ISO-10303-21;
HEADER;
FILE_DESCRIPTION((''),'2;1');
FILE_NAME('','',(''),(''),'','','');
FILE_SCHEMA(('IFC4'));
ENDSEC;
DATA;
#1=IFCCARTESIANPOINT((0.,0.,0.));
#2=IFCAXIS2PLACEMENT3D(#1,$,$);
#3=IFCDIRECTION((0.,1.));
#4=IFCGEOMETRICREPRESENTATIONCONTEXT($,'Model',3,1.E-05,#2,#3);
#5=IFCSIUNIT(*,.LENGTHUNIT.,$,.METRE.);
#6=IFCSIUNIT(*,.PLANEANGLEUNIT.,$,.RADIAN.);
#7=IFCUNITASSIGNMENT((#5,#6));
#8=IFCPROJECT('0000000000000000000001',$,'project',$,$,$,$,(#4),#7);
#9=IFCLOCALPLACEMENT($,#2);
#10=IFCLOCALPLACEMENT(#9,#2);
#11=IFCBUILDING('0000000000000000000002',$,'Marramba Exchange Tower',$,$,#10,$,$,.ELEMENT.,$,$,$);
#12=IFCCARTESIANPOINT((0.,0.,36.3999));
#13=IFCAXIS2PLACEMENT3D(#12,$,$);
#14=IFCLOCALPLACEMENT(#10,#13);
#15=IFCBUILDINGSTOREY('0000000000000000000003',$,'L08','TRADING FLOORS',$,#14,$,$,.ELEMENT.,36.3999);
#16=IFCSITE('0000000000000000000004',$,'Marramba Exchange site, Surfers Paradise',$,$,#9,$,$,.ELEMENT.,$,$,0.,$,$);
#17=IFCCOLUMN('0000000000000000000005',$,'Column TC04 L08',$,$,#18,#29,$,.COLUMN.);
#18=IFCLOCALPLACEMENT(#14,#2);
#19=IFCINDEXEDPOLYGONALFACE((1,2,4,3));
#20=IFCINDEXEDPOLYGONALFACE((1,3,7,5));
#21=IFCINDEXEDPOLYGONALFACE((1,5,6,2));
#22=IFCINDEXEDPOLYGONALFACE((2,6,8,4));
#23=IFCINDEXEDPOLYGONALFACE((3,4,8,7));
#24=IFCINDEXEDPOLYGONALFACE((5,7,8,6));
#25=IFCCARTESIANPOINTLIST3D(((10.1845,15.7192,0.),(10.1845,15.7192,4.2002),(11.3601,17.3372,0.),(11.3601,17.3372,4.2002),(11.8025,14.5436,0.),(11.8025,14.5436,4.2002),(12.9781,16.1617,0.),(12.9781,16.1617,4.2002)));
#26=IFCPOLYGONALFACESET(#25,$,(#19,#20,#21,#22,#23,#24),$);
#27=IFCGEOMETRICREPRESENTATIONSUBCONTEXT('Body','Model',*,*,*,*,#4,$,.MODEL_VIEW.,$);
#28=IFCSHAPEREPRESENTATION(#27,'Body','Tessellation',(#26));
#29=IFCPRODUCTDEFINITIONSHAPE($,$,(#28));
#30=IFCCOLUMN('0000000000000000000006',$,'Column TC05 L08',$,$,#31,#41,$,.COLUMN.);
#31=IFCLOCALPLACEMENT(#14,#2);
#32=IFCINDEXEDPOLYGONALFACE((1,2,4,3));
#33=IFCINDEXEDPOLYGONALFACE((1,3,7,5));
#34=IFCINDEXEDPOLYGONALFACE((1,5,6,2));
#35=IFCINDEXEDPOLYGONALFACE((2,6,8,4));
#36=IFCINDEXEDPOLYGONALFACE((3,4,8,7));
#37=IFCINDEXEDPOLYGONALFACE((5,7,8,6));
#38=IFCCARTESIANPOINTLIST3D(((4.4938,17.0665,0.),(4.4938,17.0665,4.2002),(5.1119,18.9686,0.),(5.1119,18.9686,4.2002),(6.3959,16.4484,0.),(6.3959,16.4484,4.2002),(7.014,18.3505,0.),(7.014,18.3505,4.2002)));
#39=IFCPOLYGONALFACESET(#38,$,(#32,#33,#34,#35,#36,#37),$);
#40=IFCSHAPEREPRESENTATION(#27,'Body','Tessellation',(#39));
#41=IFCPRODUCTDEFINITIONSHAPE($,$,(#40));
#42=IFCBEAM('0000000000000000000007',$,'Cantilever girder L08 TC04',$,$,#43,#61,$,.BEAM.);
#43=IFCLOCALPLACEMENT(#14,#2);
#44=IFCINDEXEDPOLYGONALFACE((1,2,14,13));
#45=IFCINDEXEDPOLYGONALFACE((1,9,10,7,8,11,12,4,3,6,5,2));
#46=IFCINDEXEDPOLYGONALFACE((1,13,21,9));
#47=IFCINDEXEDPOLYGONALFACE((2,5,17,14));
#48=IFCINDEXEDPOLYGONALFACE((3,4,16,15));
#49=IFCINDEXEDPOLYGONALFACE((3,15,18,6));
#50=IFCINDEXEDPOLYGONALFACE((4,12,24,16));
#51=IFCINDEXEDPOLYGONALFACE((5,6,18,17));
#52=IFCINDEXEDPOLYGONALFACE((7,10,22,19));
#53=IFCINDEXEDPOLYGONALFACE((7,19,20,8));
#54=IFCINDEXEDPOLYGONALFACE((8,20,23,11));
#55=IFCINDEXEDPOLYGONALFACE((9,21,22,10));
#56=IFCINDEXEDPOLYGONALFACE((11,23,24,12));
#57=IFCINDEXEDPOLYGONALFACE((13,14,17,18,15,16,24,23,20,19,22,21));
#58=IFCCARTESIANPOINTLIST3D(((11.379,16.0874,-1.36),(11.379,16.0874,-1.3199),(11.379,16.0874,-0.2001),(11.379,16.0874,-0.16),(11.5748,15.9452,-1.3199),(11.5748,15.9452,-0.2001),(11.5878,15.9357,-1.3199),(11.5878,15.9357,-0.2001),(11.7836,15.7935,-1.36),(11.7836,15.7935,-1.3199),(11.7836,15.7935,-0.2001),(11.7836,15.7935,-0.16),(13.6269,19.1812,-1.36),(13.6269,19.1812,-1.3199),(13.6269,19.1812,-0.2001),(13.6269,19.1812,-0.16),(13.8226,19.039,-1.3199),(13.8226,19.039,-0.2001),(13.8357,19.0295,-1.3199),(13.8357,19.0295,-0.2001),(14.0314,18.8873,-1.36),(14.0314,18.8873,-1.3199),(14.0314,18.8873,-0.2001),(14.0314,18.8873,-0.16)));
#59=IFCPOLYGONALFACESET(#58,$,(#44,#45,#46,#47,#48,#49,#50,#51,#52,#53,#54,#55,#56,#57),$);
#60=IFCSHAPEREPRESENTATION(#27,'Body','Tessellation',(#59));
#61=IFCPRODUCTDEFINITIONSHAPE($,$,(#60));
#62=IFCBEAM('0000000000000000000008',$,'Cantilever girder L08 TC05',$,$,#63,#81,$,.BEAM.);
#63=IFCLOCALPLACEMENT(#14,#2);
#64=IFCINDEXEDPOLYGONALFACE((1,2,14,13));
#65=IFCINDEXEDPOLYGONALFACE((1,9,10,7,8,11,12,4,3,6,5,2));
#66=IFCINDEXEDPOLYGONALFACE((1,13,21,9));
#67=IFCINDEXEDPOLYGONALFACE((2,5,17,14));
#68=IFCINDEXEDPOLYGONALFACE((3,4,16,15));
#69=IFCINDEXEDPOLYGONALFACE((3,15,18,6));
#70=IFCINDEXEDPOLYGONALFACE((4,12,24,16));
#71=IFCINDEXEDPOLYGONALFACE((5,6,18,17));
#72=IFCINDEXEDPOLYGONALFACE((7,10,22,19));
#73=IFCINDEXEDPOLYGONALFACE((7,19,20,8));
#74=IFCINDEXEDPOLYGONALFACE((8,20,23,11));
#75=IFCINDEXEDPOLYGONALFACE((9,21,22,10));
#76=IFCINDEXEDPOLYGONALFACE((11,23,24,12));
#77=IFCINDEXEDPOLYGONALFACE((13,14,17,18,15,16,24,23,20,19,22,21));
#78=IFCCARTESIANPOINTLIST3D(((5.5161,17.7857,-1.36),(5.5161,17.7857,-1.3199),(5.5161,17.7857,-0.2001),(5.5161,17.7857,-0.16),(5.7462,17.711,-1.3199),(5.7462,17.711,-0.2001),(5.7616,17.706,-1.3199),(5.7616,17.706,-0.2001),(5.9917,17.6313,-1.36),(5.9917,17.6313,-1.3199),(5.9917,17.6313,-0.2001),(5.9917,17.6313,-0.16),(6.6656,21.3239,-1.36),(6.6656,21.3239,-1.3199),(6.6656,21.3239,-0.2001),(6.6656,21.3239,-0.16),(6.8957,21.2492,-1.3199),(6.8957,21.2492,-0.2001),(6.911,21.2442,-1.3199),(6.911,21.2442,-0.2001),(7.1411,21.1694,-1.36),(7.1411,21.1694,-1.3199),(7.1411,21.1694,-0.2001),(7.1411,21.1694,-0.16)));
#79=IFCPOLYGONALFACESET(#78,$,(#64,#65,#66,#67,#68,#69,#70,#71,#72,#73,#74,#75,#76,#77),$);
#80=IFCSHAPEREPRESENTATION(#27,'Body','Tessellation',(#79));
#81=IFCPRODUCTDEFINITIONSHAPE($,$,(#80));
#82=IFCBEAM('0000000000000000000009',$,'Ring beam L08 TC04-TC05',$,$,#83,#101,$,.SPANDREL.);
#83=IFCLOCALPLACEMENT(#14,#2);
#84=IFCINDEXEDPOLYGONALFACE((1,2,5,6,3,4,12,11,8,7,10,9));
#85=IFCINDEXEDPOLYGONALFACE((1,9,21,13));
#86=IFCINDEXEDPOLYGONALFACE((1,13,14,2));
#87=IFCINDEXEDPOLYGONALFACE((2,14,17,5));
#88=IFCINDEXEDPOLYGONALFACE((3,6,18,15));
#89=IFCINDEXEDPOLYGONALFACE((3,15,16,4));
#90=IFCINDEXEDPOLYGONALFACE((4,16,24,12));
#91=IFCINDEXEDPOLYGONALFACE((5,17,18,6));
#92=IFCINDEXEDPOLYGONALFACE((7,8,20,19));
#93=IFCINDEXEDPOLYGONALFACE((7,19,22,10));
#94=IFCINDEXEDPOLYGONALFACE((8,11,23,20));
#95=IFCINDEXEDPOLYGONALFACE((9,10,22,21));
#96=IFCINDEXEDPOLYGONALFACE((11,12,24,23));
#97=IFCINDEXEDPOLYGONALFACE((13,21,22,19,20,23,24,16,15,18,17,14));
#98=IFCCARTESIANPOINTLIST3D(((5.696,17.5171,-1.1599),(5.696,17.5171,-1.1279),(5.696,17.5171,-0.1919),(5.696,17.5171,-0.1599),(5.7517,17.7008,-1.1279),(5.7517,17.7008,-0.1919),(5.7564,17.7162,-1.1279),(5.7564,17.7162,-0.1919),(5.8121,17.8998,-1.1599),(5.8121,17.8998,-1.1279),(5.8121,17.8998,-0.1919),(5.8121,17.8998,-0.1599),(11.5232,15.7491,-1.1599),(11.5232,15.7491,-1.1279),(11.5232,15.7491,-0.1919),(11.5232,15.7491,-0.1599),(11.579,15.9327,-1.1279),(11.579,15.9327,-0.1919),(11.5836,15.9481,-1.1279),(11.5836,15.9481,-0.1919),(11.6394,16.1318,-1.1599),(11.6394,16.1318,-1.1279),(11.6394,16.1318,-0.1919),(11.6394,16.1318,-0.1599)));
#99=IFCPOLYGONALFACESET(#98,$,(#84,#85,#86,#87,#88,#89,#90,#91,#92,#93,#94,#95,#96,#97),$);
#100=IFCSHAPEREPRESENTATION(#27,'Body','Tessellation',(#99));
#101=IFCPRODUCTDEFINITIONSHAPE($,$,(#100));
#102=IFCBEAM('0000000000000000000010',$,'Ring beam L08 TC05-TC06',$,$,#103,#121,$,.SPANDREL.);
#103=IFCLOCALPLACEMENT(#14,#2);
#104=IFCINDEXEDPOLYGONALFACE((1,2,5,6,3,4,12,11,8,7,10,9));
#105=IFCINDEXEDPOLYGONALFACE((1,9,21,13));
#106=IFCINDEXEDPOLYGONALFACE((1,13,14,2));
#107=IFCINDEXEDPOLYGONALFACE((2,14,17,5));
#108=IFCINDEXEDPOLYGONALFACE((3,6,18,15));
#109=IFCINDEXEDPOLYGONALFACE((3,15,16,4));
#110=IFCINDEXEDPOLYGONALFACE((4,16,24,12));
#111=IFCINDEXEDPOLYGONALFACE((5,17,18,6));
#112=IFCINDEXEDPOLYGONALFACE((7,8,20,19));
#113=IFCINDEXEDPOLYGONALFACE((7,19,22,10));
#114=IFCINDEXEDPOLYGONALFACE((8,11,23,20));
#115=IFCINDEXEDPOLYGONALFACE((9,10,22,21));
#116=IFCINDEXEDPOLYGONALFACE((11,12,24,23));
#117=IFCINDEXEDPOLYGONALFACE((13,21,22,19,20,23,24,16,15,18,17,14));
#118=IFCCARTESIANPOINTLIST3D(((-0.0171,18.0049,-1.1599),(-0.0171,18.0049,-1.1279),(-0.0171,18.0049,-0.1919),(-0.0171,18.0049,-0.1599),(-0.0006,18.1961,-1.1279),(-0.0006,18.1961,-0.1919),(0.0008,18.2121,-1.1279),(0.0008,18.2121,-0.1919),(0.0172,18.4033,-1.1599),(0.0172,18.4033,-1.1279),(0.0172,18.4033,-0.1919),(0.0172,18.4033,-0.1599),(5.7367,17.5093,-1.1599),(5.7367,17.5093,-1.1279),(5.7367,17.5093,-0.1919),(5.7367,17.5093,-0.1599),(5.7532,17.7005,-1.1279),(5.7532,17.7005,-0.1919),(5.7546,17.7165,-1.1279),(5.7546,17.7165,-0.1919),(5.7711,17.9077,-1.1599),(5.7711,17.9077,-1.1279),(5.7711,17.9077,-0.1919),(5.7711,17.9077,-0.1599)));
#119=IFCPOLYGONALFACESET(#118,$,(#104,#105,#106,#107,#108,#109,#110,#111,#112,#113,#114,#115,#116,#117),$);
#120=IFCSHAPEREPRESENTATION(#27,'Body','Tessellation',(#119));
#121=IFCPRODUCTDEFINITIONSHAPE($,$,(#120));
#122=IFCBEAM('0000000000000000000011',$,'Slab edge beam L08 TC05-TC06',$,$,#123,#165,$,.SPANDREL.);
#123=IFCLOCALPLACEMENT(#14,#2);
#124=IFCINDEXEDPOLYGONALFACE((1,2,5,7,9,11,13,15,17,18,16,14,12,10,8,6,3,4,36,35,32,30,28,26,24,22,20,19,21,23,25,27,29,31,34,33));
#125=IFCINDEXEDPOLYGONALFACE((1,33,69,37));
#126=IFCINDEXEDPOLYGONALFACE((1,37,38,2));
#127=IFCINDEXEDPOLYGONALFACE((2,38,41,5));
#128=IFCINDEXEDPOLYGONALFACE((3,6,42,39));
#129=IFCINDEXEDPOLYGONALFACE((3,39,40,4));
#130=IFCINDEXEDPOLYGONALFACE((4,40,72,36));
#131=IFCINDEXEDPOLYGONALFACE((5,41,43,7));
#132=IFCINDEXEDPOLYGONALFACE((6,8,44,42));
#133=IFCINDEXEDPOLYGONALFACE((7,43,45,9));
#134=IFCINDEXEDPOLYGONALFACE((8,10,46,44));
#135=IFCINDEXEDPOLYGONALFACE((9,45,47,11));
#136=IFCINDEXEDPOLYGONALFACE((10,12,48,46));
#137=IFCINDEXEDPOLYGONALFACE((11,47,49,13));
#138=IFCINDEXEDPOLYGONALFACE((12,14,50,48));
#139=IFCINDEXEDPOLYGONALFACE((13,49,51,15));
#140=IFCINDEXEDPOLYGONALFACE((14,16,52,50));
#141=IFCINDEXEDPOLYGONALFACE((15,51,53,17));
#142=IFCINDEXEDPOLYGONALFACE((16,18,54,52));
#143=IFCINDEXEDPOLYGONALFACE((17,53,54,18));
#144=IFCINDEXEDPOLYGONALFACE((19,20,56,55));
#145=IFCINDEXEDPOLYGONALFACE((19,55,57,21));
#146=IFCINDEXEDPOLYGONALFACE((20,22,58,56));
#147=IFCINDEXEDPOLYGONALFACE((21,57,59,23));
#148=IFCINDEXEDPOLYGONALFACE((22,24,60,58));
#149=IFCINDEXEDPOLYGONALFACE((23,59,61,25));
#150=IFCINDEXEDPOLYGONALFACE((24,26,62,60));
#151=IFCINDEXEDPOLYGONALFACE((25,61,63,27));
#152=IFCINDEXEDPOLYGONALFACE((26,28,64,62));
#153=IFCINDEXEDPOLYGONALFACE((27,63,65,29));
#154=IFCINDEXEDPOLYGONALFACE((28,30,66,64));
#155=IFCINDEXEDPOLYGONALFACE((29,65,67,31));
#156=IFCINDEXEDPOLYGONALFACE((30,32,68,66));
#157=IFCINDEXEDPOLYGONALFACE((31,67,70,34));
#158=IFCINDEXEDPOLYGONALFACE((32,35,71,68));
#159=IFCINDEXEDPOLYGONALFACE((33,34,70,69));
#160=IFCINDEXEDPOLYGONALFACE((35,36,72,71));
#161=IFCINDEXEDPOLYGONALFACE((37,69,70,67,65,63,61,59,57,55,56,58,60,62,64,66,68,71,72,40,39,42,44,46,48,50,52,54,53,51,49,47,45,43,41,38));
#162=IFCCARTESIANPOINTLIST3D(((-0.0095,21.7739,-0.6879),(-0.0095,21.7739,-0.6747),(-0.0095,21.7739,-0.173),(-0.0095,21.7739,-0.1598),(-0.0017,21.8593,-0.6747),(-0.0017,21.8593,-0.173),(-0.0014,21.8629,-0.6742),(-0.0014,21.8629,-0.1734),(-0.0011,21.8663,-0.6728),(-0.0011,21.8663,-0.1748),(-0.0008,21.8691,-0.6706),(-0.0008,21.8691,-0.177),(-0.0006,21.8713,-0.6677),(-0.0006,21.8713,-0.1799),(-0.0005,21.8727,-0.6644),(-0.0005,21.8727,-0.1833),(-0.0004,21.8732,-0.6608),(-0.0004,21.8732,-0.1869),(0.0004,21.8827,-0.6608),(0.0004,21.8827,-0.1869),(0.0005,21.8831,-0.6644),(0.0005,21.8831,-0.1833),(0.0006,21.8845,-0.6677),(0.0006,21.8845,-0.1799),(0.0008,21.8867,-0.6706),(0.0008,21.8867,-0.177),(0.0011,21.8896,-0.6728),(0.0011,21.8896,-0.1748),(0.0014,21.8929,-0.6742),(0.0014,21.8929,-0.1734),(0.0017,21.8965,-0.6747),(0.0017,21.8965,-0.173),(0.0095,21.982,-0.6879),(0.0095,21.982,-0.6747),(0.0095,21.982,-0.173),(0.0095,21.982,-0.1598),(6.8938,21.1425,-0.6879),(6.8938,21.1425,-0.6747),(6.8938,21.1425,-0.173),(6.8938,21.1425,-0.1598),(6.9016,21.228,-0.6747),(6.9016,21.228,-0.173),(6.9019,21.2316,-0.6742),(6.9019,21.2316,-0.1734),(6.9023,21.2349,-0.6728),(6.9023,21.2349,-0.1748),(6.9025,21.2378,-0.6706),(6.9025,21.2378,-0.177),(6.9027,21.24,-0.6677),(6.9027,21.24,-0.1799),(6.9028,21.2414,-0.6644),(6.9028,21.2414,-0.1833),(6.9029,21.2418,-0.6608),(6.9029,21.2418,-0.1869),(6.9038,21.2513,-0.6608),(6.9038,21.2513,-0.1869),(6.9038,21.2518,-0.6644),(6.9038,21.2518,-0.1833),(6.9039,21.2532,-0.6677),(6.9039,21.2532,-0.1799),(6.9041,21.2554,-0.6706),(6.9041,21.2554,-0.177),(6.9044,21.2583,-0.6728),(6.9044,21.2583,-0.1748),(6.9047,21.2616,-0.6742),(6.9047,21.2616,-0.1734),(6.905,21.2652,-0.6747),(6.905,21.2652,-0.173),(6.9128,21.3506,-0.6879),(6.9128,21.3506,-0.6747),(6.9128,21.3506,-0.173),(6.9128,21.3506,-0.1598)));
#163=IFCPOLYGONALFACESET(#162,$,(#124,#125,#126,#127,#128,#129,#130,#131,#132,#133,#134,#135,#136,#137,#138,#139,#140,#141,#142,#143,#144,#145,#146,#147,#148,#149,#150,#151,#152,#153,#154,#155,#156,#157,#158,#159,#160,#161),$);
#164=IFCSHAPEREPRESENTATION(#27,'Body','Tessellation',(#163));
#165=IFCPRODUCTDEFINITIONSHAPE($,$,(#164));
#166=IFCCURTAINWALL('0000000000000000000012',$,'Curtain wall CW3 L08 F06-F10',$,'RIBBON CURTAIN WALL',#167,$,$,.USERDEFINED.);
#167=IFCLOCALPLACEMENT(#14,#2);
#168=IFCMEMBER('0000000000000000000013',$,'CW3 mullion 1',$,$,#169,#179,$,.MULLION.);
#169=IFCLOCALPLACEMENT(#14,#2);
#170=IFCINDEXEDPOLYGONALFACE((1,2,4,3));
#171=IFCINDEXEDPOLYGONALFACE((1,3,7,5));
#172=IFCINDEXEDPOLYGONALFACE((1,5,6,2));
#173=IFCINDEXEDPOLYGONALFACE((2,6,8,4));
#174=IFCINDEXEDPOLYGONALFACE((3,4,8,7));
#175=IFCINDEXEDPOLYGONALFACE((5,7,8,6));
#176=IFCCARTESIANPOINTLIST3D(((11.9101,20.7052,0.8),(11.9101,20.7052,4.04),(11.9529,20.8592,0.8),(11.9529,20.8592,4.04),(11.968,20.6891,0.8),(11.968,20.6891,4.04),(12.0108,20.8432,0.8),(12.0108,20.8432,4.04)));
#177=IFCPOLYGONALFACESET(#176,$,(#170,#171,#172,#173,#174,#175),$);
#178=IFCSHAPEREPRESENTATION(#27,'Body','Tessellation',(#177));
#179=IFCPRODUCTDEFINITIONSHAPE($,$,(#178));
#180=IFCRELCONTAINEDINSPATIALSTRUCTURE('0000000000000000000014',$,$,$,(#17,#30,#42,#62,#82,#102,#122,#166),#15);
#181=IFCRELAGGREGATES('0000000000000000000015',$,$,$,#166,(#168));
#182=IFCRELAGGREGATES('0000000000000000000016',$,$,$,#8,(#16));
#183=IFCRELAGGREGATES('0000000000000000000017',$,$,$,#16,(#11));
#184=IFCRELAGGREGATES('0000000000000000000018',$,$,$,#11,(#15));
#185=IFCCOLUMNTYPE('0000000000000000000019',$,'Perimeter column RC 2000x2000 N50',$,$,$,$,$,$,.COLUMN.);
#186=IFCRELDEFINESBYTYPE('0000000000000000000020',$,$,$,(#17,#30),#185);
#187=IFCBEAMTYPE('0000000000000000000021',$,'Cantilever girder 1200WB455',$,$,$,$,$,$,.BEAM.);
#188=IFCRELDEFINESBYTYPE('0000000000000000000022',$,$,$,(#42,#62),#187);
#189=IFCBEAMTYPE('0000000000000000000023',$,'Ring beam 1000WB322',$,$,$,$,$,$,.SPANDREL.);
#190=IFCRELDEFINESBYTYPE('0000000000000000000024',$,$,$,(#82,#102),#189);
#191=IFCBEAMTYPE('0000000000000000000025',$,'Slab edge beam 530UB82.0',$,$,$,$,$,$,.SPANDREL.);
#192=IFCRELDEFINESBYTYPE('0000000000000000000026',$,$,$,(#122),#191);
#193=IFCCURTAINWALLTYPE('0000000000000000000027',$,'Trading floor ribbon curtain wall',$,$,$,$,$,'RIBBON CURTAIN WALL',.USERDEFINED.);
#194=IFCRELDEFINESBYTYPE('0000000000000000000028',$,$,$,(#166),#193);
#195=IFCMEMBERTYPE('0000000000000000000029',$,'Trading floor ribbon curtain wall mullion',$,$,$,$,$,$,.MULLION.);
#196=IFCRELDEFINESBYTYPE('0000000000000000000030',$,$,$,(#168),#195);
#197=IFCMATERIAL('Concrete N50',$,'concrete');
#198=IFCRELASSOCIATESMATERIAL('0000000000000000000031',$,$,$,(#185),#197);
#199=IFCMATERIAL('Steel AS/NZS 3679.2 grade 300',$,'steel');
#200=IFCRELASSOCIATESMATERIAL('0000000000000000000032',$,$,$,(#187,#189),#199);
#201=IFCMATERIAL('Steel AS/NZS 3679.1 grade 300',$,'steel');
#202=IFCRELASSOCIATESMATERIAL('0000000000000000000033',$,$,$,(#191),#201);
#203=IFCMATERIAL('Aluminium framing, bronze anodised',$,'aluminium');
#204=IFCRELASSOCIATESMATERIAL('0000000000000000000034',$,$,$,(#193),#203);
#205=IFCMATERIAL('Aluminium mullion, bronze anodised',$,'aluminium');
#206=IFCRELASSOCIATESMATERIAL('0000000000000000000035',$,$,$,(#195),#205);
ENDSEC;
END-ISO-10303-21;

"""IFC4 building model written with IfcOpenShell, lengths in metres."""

from ifc_helpers import new_model, si_unit, direction, frame, origin, origin_2d, place, context, subcontext, project, spatial, rectangle, i_section, extrude, material, material_profile, profile_set, type_object, element, aggregate, save


model = new_model("IFC4")

# Units and contexts
model_context = context("Model", 3, precision=1e-05, world=origin(), true_north=direction((0.0, 1.0)))
body_context = subcontext(model_context, "Body", "Model", "MODEL_VIEW")
ifc_project = project(units=[si_unit("LENGTHUNIT", "METRE"), si_unit("PLANEANGLEUNIT", "RADIAN")], contexts=[model_context])

# Site, building, storey
site_placement = place(None, origin())
site = spatial("IfcSite", under=ifc_project, at=site_placement, Name="Marramba Exchange site, Surfers Paradise", CompositionType="ELEMENT", RefElevation=0.0)
building_placement = place(site_placement, origin())
building = spatial("IfcBuilding", under=site, at=building_placement, Name="Marramba Exchange Tower", CompositionType="ELEMENT")
storey_placement = place(building_placement, frame((0.0, 0.0, 36.3999)))
storey = spatial("IfcBuildingStorey", under=building, at=storey_placement, Name="L08", Description="TRADING FLOORS", CompositionType="ELEMENT", Elevation=36.3999)

# Columns
ifc_material_1 = material(Name="Concrete N50", Category="concrete")
ifc_material_profile_1 = material_profile(ifc_material_1, rectangle(XDim=2.0, YDim=2.0, at=origin_2d()), Name="RC 2000x2000")
ifc_profile_set_1 = profile_set([ifc_material_profile_1], Name="Concrete N50")
column_type = type_object("IfcColumnType", Name="Perimeter column RC 2000x2000 N50", PredefinedType="COLUMN", material=ifc_profile_set_1)
for number, where, z_axis, x_axis, name in (
    (1, (11.5813, 15.9404, 0.0), (0.0, 0.0, 1.0), (0.587785, 0.809017, 0.0), "Column TC04 L08"),
    (2, (5.7539, 17.7085, 0.0), (0.0, 0.0, 1.0), (0.309017, 0.951057, 0.0), "Column TC05 L08"),
):
    element("IfcColumn", number, at=place(storey_placement, frame(where, z_axis=z_axis, x_axis=x_axis)), inside=storey, type_object=column_type, Name=name, PredefinedType="COLUMN", context=body_context, shape_type="SweptSolid", body=[
        extrude(rectangle(XDim=2.0, YDim=2.0, at=origin_2d()), origin(), (0.0, 0.0, 1.0), 4.2002),
    ])

# Beams
ifc_material_2 = material(Name="Steel AS/NZS 3679.2 grade 300", Category="steel")
ifc_material_profile_2 = material_profile(ifc_material_2, i_section(OverallWidth=0.5, OverallDepth=1.2, WebThickness=0.0161, FlangeThickness=0.04, at=origin_2d()), Name="1200WB455")
ifc_profile_set_2 = profile_set([ifc_material_profile_2], Name="Steel AS/NZS 3679.2 grade 300")
beam_type_1 = type_object("IfcBeamType", Name="Cantilever girder 1200WB455", PredefinedType="BEAM", material=ifc_profile_set_2)
beam_1_placement = place(storey_placement, frame((11.5813, 15.9404, -0.76), z_axis=(0.587796, 0.809009, 0.0), x_axis=(-0.809009, 0.587796, 0.0)))
element("IfcBeam", 3, at=beam_1_placement, inside=storey, type_object=beam_type_1, Name="Cantilever girder L08 TC04", PredefinedType="BEAM", context=body_context, shape_type="SweptSolid", body=[
    extrude(i_section(OverallWidth=0.5, OverallDepth=1.2, WebThickness=0.0161, FlangeThickness=0.04, at=origin_2d()), origin(), (0.0, 0.0, 1.0), 3.8242),
])
beam_2_placement = place(storey_placement, frame((5.7539, 17.7085, -0.76), z_axis=(0.308973, 0.951071, 0.0), x_axis=(-0.951071, 0.308973, 0.0)))
element("IfcBeam", 4, at=beam_2_placement, inside=storey, type_object=beam_type_1, Name="Cantilever girder L08 TC05", PredefinedType="BEAM", context=body_context, shape_type="SweptSolid", body=[
    extrude(i_section(OverallWidth=0.5, OverallDepth=1.2, WebThickness=0.0161, FlangeThickness=0.04, at=origin_2d()), origin(), (0.0, 0.0, 1.0), 3.7202),
])
ifc_material_profile_3 = material_profile(ifc_material_2, i_section(OverallWidth=0.3999, OverallDepth=1.0, WebThickness=0.0161, FlangeThickness=0.032, at=origin_2d()), Name="1000WB322")
ifc_profile_set_3 = profile_set([ifc_material_profile_3], Name="Steel AS/NZS 3679.2 grade 300")
beam_type_2 = type_object("IfcBeamType", Name="Ring beam 1000WB322", PredefinedType="SPANDREL", material=ifc_profile_set_3)
beam_3_placement = place(storey_placement, frame((11.5813, 15.9404, -0.6599), z_axis=(-0.956925, 0.290337, 0.0), x_axis=(-0.290337, -0.956925, 0.0)))
element("IfcBeam", 5, at=beam_3_placement, inside=storey, type_object=beam_type_2, Name="Ring beam L08 TC04-TC05", PredefinedType="SPANDREL", context=body_context, shape_type="SweptSolid", body=[
    extrude(i_section(OverallWidth=0.3999, OverallDepth=1.0, WebThickness=0.0161, FlangeThickness=0.032, at=origin_2d()), origin(), (0.0, 0.0, 1.0), 6.0896),
])
beam_4_placement = place(storey_placement, frame((5.7539, 17.7085, -0.6599), z_axis=(-0.996311, 0.085816, 0.0), x_axis=(-0.085816, -0.996311, 0.0)))
element("IfcBeam", 6, at=beam_4_placement, inside=storey, type_object=beam_type_2, Name="Ring beam L08 TC05-TC06", PredefinedType="SPANDREL", context=body_context, shape_type="SweptSolid", body=[
    extrude(i_section(OverallWidth=0.3999, OverallDepth=1.0, WebThickness=0.0161, FlangeThickness=0.032, at=origin_2d()), origin(), (0.0, 0.0, 1.0), 5.7751),
])
ifc_material_3 = material(Name="Steel AS/NZS 3679.1 grade 300", Category="steel")
ifc_material_profile_4 = material_profile(ifc_material_3, i_section(OverallWidth=0.209, OverallDepth=0.5281, WebThickness=0.0095, FlangeThickness=0.0132, FilletRadius=0.0139, at=origin_2d()), Name="530UB82.0")
ifc_profile_set_4 = profile_set([ifc_material_profile_4], Name="Steel AS/NZS 3679.1 grade 300")
beam_type_3 = type_object("IfcBeamType", Name="Slab edge beam 530UB82.0", PredefinedType="SPANDREL", material=ifc_profile_set_4)
beam_5_placement = place(storey_placement, frame((6.9033, 21.2466, -0.4238), z_axis=(-0.995844, 0.091076, 0.0), x_axis=(-0.091076, -0.995844, 0.0)))
element("IfcBeam", 7, at=beam_5_placement, inside=storey, type_object=beam_type_3, Name="Slab edge beam L08 TC05-TC06", PredefinedType="SPANDREL", context=body_context, shape_type="SweptSolid", body=[
    extrude(i_section(OverallWidth=0.209, OverallDepth=0.5281, WebThickness=0.0095, FlangeThickness=0.0132, FilletRadius=0.0139, at=origin_2d()), origin(), (0.0, 0.0, 1.0), 6.9321),
])

# Curtain wall, member
ifc_material_4 = material(Name="Aluminium framing, bronze anodised", Category="aluminium")
curtain_wall_type = type_object("IfcCurtainWallType", Name="Trading floor ribbon curtain wall", ElementType="RIBBON CURTAIN WALL", PredefinedType="USERDEFINED", material=ifc_material_4)
curtain_wall_placement = place(storey_placement, origin())
curtain_wall = element("IfcCurtainWall", 8, at=curtain_wall_placement, inside=storey, type_object=curtain_wall_type, Name="Curtain wall CW3 L08 F06-F10", ObjectType="RIBBON CURTAIN WALL", PredefinedType="USERDEFINED")
ifc_material_5 = material(Name="Aluminium mullion, bronze anodised", Category="aluminium")
ifc_material_profile_5 = material_profile(ifc_material_5, rectangle(XDim=0.1599, YDim=0.0601, at=origin_2d()), Name="CW3 mullion 60x160")
ifc_profile_set_5 = profile_set([ifc_material_profile_5], Name="Aluminium mullion, bronze anodised")
member_type_1 = type_object("IfcMemberType", Name="Trading floor ribbon curtain wall mullion", PredefinedType="MULLION", material=ifc_profile_set_5)
member_1_placement = place(storey_placement, frame((11.9604, 20.7742, 0.8), z_axis=(0.0, 0.0, 1.0), x_axis=(-0.267809, -0.963472, 0.0)))
member_1 = element("IfcMember", 9, at=member_1_placement, type_object=member_type_1, Name="CW3 mullion 1", PredefinedType="MULLION", context=body_context, shape_type="SweptSolid", body=[
    extrude(rectangle(XDim=0.1599, YDim=0.0601, at=origin_2d()), origin(), (0.0, 0.0, 1.0), 3.24),
])
aggregate(curtain_wall, [member_1])

save(model, "model.ifc")
